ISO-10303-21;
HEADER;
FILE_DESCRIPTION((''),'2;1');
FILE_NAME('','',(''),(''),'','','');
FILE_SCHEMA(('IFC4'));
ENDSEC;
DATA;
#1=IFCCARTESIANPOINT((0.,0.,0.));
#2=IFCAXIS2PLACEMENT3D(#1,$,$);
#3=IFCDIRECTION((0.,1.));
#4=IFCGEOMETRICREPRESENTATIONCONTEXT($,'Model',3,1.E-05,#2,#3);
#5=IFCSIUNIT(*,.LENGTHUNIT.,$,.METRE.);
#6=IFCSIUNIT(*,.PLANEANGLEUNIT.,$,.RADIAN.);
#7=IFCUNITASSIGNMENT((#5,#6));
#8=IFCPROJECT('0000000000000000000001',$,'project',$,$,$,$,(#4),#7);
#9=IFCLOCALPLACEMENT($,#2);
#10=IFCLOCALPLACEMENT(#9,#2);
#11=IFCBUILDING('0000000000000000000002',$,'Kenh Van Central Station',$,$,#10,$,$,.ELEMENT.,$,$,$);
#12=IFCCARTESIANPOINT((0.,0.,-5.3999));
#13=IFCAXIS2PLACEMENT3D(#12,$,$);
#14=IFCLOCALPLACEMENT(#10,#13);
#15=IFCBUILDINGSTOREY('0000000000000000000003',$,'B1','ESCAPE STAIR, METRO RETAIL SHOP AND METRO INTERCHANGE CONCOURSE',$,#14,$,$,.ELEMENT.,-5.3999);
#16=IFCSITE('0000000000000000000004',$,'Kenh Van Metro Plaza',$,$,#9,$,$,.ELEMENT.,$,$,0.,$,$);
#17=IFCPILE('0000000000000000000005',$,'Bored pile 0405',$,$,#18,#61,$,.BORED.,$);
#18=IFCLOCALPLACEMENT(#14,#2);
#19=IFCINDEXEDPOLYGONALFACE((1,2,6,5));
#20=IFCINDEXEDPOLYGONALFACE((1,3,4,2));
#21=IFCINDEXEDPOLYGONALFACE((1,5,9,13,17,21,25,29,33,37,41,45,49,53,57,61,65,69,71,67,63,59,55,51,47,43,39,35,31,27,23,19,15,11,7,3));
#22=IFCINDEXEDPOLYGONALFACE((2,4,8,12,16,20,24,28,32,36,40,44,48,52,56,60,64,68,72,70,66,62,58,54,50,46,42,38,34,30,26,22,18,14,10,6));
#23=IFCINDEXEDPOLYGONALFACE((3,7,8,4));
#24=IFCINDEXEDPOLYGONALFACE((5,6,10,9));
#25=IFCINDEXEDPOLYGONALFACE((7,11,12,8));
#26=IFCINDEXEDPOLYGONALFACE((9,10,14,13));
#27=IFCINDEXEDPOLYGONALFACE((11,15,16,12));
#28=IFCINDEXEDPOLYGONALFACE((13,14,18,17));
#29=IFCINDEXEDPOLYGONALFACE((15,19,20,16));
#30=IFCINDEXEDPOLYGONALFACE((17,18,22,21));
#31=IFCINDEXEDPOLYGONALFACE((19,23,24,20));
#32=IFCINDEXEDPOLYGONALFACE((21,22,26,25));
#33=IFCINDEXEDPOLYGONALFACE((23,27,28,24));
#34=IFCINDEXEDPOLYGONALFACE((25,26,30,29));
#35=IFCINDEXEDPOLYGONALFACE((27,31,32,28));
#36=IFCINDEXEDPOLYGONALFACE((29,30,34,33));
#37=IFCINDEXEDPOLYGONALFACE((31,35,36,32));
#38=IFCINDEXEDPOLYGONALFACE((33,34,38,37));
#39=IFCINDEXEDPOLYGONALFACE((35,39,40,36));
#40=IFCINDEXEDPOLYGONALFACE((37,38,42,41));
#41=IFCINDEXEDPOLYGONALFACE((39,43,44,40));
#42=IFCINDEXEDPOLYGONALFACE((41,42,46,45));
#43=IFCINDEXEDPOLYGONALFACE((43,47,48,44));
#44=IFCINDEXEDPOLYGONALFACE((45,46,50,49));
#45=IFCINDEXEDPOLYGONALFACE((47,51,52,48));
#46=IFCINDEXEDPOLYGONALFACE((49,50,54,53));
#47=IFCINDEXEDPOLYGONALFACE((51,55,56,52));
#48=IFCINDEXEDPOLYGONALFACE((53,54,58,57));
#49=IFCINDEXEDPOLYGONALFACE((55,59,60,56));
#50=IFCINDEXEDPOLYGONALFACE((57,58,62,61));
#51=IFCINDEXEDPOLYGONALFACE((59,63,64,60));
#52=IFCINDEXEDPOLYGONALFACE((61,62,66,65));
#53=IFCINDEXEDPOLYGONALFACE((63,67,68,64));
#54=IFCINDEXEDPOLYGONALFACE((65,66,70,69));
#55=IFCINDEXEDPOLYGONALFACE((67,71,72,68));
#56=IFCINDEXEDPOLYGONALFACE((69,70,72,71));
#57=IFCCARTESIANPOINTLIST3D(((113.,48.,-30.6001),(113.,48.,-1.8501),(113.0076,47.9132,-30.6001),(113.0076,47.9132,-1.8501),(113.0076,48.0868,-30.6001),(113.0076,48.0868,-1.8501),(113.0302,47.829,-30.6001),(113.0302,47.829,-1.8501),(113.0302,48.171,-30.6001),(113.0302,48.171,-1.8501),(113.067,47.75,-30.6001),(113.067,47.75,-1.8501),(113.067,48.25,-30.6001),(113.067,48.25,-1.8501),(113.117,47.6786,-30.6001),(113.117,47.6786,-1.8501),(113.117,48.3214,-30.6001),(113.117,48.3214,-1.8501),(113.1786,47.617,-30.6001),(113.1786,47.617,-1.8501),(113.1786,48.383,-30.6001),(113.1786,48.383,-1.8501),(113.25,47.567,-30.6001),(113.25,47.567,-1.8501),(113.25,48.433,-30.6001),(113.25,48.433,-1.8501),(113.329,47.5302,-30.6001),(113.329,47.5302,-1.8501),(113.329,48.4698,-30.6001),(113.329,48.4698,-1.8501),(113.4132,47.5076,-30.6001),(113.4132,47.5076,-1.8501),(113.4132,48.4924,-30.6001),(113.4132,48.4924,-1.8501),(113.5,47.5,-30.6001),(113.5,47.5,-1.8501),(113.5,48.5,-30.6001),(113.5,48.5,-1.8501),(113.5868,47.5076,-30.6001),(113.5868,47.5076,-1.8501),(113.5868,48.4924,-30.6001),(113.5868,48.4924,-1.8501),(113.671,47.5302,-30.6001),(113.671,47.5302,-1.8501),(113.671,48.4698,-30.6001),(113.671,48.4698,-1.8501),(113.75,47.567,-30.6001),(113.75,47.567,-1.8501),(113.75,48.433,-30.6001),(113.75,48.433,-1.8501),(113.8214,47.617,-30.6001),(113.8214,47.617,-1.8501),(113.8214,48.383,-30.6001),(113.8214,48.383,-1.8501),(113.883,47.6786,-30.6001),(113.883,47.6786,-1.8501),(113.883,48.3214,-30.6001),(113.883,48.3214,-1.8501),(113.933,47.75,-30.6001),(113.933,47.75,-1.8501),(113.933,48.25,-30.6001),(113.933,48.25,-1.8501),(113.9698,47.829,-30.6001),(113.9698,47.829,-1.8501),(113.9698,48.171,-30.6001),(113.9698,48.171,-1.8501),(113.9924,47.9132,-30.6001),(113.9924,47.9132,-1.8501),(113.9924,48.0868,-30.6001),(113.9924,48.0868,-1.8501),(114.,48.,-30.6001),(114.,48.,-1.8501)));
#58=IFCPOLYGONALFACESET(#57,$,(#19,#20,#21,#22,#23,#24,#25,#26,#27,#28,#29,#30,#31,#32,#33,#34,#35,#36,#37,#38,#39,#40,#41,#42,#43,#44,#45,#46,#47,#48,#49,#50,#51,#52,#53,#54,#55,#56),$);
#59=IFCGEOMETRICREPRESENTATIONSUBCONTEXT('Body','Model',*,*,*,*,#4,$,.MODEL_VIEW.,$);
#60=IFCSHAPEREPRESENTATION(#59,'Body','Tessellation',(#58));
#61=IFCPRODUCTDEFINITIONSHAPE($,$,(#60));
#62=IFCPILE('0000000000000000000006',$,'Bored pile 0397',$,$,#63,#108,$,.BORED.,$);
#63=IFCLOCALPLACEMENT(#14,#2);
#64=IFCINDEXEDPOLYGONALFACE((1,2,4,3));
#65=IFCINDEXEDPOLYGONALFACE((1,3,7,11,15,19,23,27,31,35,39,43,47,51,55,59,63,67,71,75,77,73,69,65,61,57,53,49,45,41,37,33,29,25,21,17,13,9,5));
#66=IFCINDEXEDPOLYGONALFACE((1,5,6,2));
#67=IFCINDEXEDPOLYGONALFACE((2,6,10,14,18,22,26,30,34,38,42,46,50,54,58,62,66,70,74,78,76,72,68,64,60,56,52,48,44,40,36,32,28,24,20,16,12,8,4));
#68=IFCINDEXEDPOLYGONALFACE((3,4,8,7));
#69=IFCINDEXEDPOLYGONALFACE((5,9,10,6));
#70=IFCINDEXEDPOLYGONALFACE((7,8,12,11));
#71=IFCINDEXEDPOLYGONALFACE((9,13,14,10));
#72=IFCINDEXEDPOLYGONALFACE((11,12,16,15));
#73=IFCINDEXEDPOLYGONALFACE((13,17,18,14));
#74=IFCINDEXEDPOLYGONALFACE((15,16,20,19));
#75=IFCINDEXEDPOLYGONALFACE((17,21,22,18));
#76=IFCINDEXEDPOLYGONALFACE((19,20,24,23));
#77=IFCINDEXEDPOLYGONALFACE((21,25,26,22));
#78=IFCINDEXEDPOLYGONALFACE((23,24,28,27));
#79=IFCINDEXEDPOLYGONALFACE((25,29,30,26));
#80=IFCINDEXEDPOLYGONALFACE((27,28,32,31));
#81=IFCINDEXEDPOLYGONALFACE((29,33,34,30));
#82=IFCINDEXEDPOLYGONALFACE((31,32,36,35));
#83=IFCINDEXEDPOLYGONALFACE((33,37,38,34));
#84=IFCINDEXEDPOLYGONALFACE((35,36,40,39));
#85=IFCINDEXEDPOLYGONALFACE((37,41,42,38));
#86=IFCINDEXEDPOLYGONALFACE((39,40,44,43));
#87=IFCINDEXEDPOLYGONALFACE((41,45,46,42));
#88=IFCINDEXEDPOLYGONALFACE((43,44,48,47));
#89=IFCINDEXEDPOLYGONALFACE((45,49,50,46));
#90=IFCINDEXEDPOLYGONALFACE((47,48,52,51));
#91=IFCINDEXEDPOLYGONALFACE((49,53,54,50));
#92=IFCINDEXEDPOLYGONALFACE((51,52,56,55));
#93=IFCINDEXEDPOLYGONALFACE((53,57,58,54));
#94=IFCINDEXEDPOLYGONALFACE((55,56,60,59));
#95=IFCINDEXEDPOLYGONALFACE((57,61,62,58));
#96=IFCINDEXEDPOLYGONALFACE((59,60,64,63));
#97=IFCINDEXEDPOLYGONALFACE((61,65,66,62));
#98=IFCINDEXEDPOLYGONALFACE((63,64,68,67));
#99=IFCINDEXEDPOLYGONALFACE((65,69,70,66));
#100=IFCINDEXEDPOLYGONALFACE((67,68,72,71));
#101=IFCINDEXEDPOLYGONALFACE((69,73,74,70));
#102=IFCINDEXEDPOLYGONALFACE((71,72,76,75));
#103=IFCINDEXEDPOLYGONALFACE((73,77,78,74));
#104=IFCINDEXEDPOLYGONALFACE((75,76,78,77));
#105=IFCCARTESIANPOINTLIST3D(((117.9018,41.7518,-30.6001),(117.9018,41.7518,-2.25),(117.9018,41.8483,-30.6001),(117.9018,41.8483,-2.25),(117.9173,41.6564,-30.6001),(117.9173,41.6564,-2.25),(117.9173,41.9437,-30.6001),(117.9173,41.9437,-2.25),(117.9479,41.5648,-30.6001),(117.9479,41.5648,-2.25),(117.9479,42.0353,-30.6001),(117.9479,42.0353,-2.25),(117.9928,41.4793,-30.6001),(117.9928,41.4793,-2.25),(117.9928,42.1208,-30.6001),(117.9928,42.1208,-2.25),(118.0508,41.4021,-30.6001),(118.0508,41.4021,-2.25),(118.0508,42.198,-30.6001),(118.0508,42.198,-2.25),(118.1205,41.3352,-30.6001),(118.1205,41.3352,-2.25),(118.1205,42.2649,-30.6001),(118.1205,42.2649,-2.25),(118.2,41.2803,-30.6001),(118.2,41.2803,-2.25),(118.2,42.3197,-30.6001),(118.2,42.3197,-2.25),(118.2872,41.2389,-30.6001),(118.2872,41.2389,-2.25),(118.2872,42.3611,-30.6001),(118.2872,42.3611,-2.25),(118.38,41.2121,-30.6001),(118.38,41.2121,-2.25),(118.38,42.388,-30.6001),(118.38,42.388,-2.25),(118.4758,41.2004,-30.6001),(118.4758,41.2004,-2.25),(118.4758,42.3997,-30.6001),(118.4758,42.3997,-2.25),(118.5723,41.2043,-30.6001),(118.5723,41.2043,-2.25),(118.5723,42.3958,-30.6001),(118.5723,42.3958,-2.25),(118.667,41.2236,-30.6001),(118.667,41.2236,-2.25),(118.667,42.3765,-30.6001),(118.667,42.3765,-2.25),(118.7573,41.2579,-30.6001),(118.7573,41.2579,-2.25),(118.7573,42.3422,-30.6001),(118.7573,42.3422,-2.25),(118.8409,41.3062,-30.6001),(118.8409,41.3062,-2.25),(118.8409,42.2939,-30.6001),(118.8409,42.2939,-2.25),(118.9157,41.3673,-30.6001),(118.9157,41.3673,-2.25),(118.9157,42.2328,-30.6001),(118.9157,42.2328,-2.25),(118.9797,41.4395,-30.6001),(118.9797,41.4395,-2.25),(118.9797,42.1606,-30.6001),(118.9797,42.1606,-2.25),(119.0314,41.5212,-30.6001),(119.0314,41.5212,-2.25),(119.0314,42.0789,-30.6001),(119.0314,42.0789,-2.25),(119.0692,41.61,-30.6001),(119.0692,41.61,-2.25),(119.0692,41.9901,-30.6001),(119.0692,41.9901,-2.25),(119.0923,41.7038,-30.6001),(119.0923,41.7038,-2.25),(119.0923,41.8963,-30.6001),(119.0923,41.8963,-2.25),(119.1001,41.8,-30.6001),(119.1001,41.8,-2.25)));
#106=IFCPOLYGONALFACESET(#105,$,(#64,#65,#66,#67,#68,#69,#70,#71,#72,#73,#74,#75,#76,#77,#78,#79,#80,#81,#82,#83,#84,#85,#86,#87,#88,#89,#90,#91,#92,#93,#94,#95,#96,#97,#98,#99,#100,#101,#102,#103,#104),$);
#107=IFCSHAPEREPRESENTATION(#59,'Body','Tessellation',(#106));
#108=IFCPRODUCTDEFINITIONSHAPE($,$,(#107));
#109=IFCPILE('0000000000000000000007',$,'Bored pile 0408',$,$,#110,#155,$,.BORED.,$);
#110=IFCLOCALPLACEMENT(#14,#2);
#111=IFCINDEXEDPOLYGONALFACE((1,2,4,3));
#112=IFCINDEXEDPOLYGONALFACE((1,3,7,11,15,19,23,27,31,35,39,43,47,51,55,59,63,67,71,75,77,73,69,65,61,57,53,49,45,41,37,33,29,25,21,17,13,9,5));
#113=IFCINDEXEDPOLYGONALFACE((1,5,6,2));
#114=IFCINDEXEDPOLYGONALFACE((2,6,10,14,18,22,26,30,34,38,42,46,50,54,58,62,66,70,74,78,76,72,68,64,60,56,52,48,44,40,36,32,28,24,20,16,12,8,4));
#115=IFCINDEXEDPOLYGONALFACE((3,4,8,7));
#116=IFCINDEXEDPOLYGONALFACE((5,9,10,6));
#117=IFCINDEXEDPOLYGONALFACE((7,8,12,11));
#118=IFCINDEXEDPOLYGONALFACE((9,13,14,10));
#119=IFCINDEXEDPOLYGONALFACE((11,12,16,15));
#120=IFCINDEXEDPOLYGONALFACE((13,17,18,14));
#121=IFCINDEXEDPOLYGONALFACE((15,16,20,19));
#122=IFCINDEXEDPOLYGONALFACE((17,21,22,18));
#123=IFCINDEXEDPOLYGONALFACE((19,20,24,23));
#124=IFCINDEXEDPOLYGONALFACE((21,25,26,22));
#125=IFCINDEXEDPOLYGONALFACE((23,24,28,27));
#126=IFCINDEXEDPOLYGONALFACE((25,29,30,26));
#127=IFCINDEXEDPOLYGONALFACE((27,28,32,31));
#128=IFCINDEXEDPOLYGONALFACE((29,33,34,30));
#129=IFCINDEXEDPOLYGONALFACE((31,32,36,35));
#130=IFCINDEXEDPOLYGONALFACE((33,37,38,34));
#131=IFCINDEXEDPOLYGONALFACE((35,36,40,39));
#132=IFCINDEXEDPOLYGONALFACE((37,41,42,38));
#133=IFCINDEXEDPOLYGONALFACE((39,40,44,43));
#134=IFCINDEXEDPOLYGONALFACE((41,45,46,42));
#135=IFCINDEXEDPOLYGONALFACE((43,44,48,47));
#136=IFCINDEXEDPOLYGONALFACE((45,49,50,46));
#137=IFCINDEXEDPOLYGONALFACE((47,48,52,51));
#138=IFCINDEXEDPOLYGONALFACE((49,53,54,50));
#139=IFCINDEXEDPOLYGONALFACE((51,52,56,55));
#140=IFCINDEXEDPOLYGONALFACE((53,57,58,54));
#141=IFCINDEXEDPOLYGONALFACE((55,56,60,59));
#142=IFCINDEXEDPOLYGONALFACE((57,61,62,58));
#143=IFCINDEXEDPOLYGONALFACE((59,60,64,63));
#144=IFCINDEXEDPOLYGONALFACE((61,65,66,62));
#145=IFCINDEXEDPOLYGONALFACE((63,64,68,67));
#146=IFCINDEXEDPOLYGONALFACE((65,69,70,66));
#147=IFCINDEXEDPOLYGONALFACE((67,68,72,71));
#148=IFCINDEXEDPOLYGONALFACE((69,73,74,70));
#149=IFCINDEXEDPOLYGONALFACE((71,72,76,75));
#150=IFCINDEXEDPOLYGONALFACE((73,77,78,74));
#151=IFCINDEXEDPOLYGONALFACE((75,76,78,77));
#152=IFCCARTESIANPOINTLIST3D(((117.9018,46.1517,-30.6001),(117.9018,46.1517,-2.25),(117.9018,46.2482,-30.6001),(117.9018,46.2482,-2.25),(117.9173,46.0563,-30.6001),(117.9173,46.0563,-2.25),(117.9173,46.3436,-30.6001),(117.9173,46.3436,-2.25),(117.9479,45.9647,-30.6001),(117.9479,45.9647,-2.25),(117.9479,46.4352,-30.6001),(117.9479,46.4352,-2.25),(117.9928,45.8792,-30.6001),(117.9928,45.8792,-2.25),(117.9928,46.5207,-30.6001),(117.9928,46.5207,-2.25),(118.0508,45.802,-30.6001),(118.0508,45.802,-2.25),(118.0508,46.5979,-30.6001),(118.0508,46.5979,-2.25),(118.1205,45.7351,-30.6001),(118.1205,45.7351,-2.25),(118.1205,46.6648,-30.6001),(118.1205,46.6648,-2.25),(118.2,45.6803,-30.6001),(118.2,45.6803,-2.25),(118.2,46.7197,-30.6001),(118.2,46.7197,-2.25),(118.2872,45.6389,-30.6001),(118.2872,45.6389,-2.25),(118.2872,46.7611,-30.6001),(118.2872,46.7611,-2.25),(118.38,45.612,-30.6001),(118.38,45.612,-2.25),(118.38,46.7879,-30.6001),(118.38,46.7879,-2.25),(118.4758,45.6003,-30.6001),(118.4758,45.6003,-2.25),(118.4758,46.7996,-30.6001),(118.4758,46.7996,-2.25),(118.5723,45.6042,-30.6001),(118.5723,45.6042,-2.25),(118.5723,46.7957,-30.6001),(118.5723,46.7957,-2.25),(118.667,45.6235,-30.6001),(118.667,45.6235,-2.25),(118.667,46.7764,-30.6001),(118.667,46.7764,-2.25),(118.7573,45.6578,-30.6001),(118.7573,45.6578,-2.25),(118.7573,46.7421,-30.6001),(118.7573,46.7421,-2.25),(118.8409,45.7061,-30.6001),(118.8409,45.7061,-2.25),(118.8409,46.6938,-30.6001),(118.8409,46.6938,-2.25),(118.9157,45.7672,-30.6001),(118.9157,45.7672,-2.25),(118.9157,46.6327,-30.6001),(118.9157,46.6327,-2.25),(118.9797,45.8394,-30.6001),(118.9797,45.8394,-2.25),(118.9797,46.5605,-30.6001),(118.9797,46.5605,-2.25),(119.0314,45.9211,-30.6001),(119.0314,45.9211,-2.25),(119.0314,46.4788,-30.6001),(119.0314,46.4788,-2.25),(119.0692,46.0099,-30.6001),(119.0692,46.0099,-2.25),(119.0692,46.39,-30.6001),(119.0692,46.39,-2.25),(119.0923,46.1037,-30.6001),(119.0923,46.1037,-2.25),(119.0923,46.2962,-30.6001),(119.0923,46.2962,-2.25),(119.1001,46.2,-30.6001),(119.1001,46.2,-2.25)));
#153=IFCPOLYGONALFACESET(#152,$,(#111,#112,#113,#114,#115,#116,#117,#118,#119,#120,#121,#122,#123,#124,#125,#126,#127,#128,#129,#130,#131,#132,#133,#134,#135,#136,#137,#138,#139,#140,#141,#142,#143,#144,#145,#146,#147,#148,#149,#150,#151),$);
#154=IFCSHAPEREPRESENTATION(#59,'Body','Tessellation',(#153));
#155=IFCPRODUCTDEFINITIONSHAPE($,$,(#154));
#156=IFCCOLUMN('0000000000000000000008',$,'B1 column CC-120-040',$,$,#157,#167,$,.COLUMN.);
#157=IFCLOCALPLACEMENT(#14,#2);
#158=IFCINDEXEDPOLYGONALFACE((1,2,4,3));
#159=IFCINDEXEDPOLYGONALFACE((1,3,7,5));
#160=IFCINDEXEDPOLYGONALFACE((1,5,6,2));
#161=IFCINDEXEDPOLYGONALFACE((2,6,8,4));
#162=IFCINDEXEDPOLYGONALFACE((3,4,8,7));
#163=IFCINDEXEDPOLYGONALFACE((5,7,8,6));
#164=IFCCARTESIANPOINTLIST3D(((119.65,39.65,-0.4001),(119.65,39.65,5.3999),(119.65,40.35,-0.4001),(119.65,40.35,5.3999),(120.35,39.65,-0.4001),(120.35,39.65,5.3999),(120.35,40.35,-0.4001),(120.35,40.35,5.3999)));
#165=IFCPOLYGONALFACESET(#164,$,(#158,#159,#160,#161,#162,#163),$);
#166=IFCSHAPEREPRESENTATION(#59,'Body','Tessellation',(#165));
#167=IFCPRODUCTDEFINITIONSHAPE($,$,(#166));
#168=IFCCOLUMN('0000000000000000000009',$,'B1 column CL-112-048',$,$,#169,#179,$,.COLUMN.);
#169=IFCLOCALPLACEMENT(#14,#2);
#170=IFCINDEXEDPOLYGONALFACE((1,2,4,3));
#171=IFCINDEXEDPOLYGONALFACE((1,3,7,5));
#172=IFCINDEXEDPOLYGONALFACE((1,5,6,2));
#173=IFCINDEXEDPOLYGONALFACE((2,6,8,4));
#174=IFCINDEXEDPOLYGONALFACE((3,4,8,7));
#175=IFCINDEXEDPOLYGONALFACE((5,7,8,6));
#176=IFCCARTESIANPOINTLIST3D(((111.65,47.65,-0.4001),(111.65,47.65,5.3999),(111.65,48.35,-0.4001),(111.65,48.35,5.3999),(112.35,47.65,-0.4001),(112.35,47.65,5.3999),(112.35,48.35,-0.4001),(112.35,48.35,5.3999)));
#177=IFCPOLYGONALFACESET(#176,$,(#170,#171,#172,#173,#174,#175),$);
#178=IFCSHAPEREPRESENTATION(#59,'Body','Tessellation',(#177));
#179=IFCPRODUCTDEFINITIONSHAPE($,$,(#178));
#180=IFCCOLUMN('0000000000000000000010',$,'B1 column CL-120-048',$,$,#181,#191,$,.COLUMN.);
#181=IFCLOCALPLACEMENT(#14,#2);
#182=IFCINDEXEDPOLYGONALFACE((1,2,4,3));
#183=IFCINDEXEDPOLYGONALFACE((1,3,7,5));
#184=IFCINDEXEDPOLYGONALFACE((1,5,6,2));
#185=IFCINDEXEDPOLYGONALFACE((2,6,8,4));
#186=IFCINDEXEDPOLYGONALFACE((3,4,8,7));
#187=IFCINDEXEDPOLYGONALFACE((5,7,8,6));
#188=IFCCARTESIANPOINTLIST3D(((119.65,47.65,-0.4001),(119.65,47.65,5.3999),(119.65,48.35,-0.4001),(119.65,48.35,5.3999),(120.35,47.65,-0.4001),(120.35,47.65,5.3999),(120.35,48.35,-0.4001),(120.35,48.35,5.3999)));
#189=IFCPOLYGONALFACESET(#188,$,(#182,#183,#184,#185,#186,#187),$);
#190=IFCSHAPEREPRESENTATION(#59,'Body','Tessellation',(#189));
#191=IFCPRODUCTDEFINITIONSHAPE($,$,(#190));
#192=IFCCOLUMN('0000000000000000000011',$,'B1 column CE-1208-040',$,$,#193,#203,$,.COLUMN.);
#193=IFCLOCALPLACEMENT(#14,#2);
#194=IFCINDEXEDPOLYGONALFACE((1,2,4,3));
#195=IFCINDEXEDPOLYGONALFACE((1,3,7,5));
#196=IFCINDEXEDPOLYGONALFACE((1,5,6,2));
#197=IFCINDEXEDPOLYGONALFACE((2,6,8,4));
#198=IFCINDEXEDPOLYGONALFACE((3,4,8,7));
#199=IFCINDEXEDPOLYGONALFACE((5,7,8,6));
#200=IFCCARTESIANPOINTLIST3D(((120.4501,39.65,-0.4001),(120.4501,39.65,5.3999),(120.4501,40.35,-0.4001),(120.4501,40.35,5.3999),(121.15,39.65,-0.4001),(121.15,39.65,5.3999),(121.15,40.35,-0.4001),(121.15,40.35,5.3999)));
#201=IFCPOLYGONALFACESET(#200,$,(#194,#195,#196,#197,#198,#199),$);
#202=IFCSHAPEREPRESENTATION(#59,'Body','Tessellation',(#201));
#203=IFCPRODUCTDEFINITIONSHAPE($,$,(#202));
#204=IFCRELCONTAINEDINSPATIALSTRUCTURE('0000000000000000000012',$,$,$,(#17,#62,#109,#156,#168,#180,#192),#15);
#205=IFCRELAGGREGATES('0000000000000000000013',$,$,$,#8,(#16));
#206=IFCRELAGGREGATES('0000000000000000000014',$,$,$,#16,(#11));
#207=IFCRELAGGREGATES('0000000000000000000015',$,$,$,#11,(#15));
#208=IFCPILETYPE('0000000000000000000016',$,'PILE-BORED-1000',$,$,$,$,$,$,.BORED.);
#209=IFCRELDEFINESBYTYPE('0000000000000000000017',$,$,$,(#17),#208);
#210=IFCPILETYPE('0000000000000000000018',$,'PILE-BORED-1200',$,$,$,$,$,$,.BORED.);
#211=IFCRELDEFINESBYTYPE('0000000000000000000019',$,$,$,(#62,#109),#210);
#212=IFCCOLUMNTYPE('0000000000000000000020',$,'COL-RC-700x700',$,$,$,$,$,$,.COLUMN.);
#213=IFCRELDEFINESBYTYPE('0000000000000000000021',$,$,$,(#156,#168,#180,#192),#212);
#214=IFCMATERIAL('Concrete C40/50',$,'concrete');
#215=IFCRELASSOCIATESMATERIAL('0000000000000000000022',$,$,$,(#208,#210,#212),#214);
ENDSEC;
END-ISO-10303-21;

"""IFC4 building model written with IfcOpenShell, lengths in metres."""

from ifc_helpers import new_model, si_unit, direction, frame, origin, origin_2d, place, context, subcontext, project, spatial, rectangle, circle, extrude, material, material_profile, profile_set, type_object, element, save


model = new_model("IFC4")

# Units and contexts
model_context = context("Model", 3, precision=1e-05, world=origin(), true_north=direction((0.0, 1.0)))
body_context = subcontext(model_context, "Body", "Model", "MODEL_VIEW")
ifc_project = project(units=[si_unit("LENGTHUNIT", "METRE"), si_unit("PLANEANGLEUNIT", "RADIAN")], contexts=[model_context])

# Site, building, storey
site_placement = place(None, origin())
site = spatial("IfcSite", under=ifc_project, at=site_placement, Name="Kenh Van Metro Plaza", CompositionType="ELEMENT", RefElevation=0.0)
building_placement = place(site_placement, origin())
building = spatial("IfcBuilding", under=site, at=building_placement, Name="Kenh Van Central Station", CompositionType="ELEMENT")
storey_placement = place(building_placement, frame((0.0, 0.0, -5.3999)))
storey = spatial("IfcBuildingStorey", under=building, at=storey_placement, Name="B1", Description="ESCAPE STAIR, METRO RETAIL SHOP AND METRO INTERCHANGE CONCOURSE", CompositionType="ELEMENT", Elevation=-5.3999)

# Shared definitions
ifc_material_1 = material(Name="Concrete C40/50", Category="concrete")

# Piles
ifc_material_profile_1 = material_profile(ifc_material_1, circle(Radius=0.5, at=origin_2d()), Name="PILE D1000")
ifc_profile_set_1 = profile_set([ifc_material_profile_1], Name="Concrete C40/50")
pile_type_1 = type_object("IfcPileType", Name="PILE-BORED-1000", PredefinedType="BORED", material=ifc_profile_set_1)
for number, where, z_axis, x_axis, name in (
    (1, (113.5, 48.0, -1.8501), (0.0, 0.0, -1.0), (1.0, 0.0, 0.0), "Bored pile 0405"),
):
    element("IfcPile", number, at=place(storey_placement, frame(where, z_axis=z_axis, x_axis=x_axis)), inside=storey, type_object=pile_type_1, Name=name, PredefinedType="BORED", context=body_context, shape_type="SweptSolid", body=[
        extrude(circle(Radius=0.5, at=origin_2d()), origin(), (0.0, 0.0, 1.0), 28.75),
    ])
ifc_material_profile_2 = material_profile(ifc_material_1, circle(Radius=0.6001, at=origin_2d()), Name="PILE D1200")
ifc_profile_set_2 = profile_set([ifc_material_profile_2], Name="Concrete C40/50")
pile_type_2 = type_object("IfcPileType", Name="PILE-BORED-1200", PredefinedType="BORED", material=ifc_profile_set_2)
for number, where, z_axis, x_axis, name in (
    (2, (118.5, 41.8, -2.25), (0.0, 0.0, -1.0), (1.0, 0.0, 0.0), "Bored pile 0397"),
    (3, (118.5, 46.2, -2.25), (0.0, 0.0, -1.0), (1.0, 0.0, 0.0), "Bored pile 0408"),
):
    element("IfcPile", number, at=place(storey_placement, frame(where, z_axis=z_axis, x_axis=x_axis)), inside=storey, type_object=pile_type_2, Name=name, PredefinedType="BORED", context=body_context, shape_type="SweptSolid", body=[
        extrude(circle(Radius=0.6001, at=origin_2d()), origin(), (0.0, 0.0, 1.0), 28.3501),
    ])

# Columns
ifc_material_profile_3 = material_profile(ifc_material_1, rectangle(XDim=0.7, YDim=0.7, at=origin_2d()), Name="RC 700x700")
ifc_profile_set_3 = profile_set([ifc_material_profile_3], Name="Concrete C40/50")
column_type_1 = type_object("IfcColumnType", Name="COL-RC-700x700", PredefinedType="COLUMN", material=ifc_profile_set_3)
for number, where, z_axis, x_axis, name in (
    (4, (120.0, 40.0, -0.4001), (0.0, 0.0, 1.0), (1.0, 0.0, 0.0), "B1 column CC-120-040"),
    (5, (112.0, 48.0, -0.4001), (0.0, 0.0, 1.0), (1.0, 0.0, 0.0), "B1 column CL-112-048"),
    (6, (120.0, 48.0, -0.4001), (0.0, 0.0, 1.0), (1.0, 0.0, 0.0), "B1 column CL-120-048"),
    (7, (120.8, 40.0, -0.4001), (0.0, 0.0, 1.0), (1.0, 0.0, 0.0), "B1 column CE-1208-040"),
):
    element("IfcColumn", number, at=place(storey_placement, frame(where, z_axis=z_axis, x_axis=x_axis)), inside=storey, type_object=column_type_1, Name=name, PredefinedType="COLUMN", context=body_context, shape_type="SweptSolid", body=[
        extrude(rectangle(XDim=0.7, YDim=0.7, at=origin_2d()), origin(), (0.0, 0.0, 1.0), 5.8),
    ])

save(model, "model.ifc")
